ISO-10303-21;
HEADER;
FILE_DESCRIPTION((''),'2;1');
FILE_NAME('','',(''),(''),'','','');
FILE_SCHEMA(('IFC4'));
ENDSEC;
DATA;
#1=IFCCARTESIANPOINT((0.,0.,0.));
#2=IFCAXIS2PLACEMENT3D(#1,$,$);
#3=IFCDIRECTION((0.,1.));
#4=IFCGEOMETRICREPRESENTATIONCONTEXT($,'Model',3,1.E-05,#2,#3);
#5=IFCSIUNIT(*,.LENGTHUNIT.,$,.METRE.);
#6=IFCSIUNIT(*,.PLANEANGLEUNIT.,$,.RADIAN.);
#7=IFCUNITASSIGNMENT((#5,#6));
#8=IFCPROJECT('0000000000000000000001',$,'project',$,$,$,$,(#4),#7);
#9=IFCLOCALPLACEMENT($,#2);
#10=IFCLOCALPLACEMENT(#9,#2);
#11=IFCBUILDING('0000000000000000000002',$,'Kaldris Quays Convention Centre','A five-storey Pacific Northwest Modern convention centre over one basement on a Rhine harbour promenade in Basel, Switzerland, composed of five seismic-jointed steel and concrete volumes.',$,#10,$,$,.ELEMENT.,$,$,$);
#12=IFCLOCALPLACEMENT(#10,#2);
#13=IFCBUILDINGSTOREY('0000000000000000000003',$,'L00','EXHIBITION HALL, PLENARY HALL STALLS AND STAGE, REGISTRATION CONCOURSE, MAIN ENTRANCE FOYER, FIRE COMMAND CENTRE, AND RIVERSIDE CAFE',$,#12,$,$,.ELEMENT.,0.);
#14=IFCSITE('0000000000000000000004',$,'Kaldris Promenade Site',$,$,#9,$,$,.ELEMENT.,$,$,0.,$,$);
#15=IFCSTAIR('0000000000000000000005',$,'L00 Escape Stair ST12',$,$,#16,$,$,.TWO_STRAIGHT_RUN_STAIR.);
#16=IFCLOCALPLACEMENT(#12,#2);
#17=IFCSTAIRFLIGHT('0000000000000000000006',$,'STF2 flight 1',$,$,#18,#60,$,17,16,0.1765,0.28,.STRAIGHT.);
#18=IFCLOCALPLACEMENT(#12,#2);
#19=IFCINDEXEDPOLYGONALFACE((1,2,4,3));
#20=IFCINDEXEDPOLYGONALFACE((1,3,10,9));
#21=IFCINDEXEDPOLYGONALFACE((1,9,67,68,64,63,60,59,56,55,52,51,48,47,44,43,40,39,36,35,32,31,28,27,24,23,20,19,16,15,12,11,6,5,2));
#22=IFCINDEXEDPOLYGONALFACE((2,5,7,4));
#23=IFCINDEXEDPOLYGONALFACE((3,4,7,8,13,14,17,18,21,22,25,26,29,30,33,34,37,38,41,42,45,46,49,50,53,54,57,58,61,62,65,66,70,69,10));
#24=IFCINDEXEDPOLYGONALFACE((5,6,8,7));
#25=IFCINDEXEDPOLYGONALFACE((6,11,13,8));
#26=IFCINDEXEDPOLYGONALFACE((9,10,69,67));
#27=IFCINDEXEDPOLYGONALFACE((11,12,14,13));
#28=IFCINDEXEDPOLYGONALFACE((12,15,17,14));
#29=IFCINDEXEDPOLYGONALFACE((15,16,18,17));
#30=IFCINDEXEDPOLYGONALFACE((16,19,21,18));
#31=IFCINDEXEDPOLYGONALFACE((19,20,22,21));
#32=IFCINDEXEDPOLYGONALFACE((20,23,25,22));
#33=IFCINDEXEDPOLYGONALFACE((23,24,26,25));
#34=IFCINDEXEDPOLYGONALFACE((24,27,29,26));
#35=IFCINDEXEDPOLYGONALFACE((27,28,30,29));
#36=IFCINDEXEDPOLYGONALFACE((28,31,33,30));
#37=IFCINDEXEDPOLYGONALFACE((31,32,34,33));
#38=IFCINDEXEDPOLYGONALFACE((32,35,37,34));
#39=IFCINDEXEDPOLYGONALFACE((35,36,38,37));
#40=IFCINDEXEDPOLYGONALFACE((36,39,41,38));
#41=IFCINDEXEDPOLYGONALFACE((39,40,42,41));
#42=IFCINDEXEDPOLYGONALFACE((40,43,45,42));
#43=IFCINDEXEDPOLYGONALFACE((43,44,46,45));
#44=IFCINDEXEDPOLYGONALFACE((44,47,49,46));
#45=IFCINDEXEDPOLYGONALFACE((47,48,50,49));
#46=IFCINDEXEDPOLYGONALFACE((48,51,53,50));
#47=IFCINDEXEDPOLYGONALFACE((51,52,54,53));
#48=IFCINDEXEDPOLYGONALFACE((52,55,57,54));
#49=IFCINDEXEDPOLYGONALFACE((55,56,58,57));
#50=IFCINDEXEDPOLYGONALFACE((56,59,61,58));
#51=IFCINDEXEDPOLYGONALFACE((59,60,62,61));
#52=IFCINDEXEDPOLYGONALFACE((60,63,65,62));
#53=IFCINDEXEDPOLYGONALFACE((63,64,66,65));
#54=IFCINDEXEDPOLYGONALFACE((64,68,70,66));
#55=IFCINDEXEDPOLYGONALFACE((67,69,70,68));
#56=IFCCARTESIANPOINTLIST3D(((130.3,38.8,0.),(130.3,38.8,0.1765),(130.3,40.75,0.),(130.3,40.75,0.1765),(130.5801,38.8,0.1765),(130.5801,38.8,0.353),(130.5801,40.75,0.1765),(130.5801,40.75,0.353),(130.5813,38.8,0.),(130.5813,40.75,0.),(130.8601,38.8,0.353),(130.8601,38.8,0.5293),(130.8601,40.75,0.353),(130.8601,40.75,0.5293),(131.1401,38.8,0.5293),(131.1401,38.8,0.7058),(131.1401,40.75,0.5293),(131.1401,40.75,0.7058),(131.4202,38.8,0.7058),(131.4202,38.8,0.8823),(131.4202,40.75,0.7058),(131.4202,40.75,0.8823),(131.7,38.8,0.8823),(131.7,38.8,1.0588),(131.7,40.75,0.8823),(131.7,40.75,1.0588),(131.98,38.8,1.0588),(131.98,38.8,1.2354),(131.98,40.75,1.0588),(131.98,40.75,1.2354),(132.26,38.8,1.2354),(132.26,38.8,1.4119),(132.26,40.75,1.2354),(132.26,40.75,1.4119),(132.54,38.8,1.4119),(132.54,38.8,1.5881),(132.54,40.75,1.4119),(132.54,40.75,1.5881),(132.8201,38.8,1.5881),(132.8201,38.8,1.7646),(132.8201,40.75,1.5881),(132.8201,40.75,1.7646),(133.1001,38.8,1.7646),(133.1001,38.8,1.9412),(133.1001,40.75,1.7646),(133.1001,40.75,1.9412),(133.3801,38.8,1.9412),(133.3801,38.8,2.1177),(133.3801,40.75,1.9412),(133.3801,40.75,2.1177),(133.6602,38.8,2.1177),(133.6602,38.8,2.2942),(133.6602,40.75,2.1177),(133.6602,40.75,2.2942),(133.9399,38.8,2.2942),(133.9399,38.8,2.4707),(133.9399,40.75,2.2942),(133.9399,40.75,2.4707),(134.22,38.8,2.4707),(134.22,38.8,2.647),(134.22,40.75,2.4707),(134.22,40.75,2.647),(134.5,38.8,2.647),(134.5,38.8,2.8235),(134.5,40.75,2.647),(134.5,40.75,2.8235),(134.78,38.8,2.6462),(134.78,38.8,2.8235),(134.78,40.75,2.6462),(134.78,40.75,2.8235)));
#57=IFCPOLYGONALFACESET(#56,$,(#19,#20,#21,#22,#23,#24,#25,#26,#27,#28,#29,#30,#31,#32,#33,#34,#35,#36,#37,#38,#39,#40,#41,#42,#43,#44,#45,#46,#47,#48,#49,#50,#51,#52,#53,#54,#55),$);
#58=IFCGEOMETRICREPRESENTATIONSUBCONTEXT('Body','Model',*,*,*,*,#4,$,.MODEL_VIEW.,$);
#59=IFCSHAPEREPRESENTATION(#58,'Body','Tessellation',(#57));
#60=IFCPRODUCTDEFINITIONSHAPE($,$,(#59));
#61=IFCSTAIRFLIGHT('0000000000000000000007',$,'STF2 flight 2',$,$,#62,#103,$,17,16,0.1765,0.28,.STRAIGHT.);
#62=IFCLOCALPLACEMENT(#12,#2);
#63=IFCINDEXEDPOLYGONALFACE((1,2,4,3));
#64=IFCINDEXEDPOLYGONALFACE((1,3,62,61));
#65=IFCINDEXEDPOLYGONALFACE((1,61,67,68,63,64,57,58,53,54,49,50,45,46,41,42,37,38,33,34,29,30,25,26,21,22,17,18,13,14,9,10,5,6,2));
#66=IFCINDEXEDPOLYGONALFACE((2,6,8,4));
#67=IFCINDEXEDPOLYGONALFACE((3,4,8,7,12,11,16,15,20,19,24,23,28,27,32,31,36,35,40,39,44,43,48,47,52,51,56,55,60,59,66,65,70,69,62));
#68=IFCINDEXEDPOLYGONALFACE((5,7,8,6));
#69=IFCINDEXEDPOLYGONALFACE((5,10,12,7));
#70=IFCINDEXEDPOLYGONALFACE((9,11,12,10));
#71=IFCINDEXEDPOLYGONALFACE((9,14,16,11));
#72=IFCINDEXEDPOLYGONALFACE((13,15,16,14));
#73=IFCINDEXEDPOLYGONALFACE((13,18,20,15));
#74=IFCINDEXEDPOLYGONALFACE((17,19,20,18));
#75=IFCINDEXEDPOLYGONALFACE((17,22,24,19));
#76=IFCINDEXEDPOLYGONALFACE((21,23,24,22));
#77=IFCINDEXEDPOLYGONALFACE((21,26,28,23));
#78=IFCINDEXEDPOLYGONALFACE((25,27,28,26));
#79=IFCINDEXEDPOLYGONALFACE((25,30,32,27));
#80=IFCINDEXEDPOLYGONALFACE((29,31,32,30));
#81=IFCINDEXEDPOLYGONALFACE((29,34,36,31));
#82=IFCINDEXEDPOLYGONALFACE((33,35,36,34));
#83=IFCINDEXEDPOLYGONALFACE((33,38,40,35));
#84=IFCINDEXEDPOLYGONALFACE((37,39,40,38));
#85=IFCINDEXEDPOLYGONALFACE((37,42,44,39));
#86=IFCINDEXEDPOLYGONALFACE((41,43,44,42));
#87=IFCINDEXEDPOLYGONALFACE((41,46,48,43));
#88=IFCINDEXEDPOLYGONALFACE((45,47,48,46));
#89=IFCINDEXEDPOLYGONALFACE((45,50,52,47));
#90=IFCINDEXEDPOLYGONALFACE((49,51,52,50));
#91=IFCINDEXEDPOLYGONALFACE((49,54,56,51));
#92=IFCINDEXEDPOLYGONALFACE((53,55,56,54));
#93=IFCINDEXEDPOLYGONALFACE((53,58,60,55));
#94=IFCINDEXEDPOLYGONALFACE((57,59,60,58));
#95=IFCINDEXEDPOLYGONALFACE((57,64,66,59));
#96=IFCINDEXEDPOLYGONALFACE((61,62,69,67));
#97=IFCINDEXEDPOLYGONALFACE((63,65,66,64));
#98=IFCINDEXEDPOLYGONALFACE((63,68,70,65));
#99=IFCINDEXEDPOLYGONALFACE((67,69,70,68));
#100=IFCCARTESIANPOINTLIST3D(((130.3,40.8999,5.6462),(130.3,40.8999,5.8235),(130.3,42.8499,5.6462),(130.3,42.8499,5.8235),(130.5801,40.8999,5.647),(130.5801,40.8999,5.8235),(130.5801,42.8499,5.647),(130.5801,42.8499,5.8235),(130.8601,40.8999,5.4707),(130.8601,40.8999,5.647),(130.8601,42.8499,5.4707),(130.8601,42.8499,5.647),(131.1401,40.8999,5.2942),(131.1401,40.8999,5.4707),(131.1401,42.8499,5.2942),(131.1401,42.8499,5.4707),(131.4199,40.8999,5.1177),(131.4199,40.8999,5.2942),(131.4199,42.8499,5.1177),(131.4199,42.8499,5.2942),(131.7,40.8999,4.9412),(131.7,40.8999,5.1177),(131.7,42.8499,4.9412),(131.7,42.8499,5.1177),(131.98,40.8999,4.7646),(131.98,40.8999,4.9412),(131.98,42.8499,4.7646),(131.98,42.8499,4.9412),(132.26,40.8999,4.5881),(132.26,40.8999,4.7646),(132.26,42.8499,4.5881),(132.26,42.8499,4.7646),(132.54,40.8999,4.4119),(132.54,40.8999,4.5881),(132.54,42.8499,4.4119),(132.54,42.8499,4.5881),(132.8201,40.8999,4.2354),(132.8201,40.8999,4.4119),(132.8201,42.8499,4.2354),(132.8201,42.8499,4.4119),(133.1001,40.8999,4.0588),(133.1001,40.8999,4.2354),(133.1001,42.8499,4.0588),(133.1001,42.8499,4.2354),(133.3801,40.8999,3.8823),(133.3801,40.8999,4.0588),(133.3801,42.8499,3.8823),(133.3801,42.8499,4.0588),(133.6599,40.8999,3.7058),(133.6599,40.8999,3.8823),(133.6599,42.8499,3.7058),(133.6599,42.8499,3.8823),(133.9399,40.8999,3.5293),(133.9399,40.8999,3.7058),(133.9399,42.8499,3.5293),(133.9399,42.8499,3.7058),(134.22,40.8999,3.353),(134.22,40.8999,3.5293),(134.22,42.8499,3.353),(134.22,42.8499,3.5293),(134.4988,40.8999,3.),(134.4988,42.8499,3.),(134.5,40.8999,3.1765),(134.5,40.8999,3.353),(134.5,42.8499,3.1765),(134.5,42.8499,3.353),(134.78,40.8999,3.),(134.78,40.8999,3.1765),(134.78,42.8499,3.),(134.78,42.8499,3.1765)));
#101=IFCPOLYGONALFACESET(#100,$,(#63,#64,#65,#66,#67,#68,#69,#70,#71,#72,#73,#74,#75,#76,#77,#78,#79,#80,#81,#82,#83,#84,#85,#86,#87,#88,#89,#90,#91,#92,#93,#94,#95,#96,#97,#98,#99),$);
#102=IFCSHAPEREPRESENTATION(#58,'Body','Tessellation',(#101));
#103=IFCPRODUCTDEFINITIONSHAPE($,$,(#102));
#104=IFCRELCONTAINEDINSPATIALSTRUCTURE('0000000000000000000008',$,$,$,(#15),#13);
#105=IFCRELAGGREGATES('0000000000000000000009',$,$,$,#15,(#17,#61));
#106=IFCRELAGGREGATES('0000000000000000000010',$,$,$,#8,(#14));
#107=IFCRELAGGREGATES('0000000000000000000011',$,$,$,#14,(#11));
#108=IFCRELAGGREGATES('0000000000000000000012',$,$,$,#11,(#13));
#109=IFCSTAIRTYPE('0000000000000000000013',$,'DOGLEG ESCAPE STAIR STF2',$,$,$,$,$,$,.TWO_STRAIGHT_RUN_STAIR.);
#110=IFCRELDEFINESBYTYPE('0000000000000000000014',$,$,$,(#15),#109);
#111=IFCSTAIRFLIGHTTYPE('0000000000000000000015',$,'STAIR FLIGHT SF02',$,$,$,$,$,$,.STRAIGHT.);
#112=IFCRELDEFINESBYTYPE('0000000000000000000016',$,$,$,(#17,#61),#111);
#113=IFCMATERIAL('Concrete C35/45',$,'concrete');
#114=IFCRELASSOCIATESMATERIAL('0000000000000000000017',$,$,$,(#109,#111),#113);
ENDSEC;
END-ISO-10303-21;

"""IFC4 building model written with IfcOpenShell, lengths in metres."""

from ifc_helpers import new_model, si_unit, direction, frame, origin, place, context, subcontext, project, spatial, polyline, outline, extrude, material, type_object, element, aggregate, save


model = new_model("IFC4")

# Units and contexts
model_context = context("Model", 3, precision=1e-05, world=origin(), true_north=direction((0.0, 1.0)))
body_context = subcontext(model_context, "Body", "Model", "MODEL_VIEW")
ifc_project = project(units=[si_unit("LENGTHUNIT", "METRE"), si_unit("PLANEANGLEUNIT", "RADIAN")], contexts=[model_context])

# Site, building, storey
site_placement = place(None, origin())
site = spatial("IfcSite", under=ifc_project, at=site_placement, Name="Kaldris Promenade Site", CompositionType="ELEMENT", RefElevation=0.0)
building_placement = place(site_placement, origin())
building = spatial("IfcBuilding", under=site, at=building_placement, Name="Kaldris Quays Convention Centre", Description="A five-storey Pacific Northwest Modern convention centre over one basement on a Rhine harbour promenade in Basel, Switzerland, composed of five seismic-jointed steel and concrete volumes.", CompositionType="ELEMENT")
storey_placement = place(building_placement, origin())
storey = spatial("IfcBuildingStorey", under=building, at=storey_placement, Name="L00", Description="EXHIBITION HALL, PLENARY HALL STALLS AND STAGE, REGISTRATION CONCOURSE, MAIN ENTRANCE FOYER, FIRE COMMAND CENTRE, AND RIVERSIDE CAFE", CompositionType="ELEMENT", Elevation=0.0)

# Stair, stair flights
ifc_material_1 = material(Name="Concrete C35/45", Category="concrete")
stair_type = type_object("IfcStairType", Name="DOGLEG ESCAPE STAIR STF2", PredefinedType="TWO_STRAIGHT_RUN_STAIR", material=ifc_material_1)
stair_placement = place(storey_placement, origin())
stair = element("IfcStair", 1, at=stair_placement, inside=storey, type_object=stair_type, Name="L00 Escape Stair ST12", PredefinedType="TWO_STRAIGHT_RUN_STAIR")
stair_flight_type = type_object("IfcStairFlightType", Name="STAIR FLIGHT SF02", PredefinedType="STRAIGHT", material=ifc_material_1)
stair_flight_1_placement = place(storey_placement, frame((130.3, 39.7749, 0.0), z_axis=(0.0, 0.0, 1.0), x_axis=(1.0, 0.0, 0.0)))
stair_flight_1 = element("IfcStairFlight", 2, at=stair_flight_1_placement, type_object=stair_flight_type, Name="STF2 flight 1", NumberOfRisers=17, NumberOfTreads=16, PredefinedType="STRAIGHT", RiserHeight=0.1765, TreadLength=0.28, context=body_context, shape_type="SweptSolid", body=[
    extrude(outline(polyline([(0.0, 0.0), (0.0, 0.1765), (0.28, 0.1765), (0.28, 0.353), (0.5601, 0.353), (0.5601, 0.5293), (0.8401, 0.5293), (0.8401, 0.7058), (1.1201, 0.7058), (1.1201, 0.8823), (1.3999, 0.8823), (1.3999, 1.0588), (1.6799, 1.0588), (1.6799, 1.2354), (1.96, 1.2354), (1.96, 1.4119), (2.24, 1.4119), (2.24, 1.5881), (2.52, 1.5881), (2.52, 1.7646), (2.8, 1.7646), (2.8, 1.9412), (3.0801, 1.9412), (3.0801, 2.1177), (3.3601, 2.1177), (3.3601, 2.2942), (3.6399, 2.2942), (3.6399, 2.4707), (3.9199, 2.4707), (3.9199, 2.647), (4.2, 2.647), (4.2, 2.8235), (4.48, 2.8235), (4.48, 3.0), (4.48, 2.6462), (0.2812, 0.0), (0.0, 0.0)])), frame((0.0, 0.9751, 0.0), z_axis=(0.0, -1.0, 0.0), x_axis=(1.0, 0.0, 0.0)), (0.0, 0.0, 1.0), 1.95),
])
stair_flight_2_placement = place(storey_placement, frame((134.78, 41.875, 3.0), z_axis=(0.0, 0.0, 1.0), x_axis=(-1.0, 0.0, 0.0)))
stair_flight_2 = element("IfcStairFlight", 3, at=stair_flight_2_placement, type_object=stair_flight_type, Name="STF2 flight 2", NumberOfRisers=17, NumberOfTreads=16, PredefinedType="STRAIGHT", RiserHeight=0.1765, TreadLength=0.28, context=body_context, shape_type="SweptSolid", body=[
    extrude(outline(polyline([(0.0, 0.0), (0.0, 0.1765), (0.28, 0.1765), (0.28, 0.353), (0.5601, 0.353), (0.5601, 0.5293), (0.8401, 0.5293), (0.8401, 0.7058), (1.1201, 0.7058), (1.1201, 0.8823), (1.3999, 0.8823), (1.3999, 1.0588), (1.6799, 1.0588), (1.6799, 1.2354), (1.96, 1.2354), (1.96, 1.4119), (2.24, 1.4119), (2.24, 1.5881), (2.52, 1.5881), (2.52, 1.7646), (2.8, 1.7646), (2.8, 1.9412), (3.0801, 1.9412), (3.0801, 2.1177), (3.3601, 2.1177), (3.3601, 2.2942), (3.6399, 2.2942), (3.6399, 2.4707), (3.9199, 2.4707), (3.9199, 2.647), (4.2, 2.647), (4.2, 2.8235), (4.48, 2.8235), (4.48, 3.0), (4.48, 2.6462), (0.2812, 0.0), (0.0, 0.0)])), frame((0.0, 0.9751, 0.0), z_axis=(0.0, -1.0, 0.0), x_axis=(1.0, 0.0, 0.0)), (0.0, 0.0, 1.0), 1.95),
])
aggregate(stair, [stair_flight_1, stair_flight_2])

save(model, "model.ifc")
